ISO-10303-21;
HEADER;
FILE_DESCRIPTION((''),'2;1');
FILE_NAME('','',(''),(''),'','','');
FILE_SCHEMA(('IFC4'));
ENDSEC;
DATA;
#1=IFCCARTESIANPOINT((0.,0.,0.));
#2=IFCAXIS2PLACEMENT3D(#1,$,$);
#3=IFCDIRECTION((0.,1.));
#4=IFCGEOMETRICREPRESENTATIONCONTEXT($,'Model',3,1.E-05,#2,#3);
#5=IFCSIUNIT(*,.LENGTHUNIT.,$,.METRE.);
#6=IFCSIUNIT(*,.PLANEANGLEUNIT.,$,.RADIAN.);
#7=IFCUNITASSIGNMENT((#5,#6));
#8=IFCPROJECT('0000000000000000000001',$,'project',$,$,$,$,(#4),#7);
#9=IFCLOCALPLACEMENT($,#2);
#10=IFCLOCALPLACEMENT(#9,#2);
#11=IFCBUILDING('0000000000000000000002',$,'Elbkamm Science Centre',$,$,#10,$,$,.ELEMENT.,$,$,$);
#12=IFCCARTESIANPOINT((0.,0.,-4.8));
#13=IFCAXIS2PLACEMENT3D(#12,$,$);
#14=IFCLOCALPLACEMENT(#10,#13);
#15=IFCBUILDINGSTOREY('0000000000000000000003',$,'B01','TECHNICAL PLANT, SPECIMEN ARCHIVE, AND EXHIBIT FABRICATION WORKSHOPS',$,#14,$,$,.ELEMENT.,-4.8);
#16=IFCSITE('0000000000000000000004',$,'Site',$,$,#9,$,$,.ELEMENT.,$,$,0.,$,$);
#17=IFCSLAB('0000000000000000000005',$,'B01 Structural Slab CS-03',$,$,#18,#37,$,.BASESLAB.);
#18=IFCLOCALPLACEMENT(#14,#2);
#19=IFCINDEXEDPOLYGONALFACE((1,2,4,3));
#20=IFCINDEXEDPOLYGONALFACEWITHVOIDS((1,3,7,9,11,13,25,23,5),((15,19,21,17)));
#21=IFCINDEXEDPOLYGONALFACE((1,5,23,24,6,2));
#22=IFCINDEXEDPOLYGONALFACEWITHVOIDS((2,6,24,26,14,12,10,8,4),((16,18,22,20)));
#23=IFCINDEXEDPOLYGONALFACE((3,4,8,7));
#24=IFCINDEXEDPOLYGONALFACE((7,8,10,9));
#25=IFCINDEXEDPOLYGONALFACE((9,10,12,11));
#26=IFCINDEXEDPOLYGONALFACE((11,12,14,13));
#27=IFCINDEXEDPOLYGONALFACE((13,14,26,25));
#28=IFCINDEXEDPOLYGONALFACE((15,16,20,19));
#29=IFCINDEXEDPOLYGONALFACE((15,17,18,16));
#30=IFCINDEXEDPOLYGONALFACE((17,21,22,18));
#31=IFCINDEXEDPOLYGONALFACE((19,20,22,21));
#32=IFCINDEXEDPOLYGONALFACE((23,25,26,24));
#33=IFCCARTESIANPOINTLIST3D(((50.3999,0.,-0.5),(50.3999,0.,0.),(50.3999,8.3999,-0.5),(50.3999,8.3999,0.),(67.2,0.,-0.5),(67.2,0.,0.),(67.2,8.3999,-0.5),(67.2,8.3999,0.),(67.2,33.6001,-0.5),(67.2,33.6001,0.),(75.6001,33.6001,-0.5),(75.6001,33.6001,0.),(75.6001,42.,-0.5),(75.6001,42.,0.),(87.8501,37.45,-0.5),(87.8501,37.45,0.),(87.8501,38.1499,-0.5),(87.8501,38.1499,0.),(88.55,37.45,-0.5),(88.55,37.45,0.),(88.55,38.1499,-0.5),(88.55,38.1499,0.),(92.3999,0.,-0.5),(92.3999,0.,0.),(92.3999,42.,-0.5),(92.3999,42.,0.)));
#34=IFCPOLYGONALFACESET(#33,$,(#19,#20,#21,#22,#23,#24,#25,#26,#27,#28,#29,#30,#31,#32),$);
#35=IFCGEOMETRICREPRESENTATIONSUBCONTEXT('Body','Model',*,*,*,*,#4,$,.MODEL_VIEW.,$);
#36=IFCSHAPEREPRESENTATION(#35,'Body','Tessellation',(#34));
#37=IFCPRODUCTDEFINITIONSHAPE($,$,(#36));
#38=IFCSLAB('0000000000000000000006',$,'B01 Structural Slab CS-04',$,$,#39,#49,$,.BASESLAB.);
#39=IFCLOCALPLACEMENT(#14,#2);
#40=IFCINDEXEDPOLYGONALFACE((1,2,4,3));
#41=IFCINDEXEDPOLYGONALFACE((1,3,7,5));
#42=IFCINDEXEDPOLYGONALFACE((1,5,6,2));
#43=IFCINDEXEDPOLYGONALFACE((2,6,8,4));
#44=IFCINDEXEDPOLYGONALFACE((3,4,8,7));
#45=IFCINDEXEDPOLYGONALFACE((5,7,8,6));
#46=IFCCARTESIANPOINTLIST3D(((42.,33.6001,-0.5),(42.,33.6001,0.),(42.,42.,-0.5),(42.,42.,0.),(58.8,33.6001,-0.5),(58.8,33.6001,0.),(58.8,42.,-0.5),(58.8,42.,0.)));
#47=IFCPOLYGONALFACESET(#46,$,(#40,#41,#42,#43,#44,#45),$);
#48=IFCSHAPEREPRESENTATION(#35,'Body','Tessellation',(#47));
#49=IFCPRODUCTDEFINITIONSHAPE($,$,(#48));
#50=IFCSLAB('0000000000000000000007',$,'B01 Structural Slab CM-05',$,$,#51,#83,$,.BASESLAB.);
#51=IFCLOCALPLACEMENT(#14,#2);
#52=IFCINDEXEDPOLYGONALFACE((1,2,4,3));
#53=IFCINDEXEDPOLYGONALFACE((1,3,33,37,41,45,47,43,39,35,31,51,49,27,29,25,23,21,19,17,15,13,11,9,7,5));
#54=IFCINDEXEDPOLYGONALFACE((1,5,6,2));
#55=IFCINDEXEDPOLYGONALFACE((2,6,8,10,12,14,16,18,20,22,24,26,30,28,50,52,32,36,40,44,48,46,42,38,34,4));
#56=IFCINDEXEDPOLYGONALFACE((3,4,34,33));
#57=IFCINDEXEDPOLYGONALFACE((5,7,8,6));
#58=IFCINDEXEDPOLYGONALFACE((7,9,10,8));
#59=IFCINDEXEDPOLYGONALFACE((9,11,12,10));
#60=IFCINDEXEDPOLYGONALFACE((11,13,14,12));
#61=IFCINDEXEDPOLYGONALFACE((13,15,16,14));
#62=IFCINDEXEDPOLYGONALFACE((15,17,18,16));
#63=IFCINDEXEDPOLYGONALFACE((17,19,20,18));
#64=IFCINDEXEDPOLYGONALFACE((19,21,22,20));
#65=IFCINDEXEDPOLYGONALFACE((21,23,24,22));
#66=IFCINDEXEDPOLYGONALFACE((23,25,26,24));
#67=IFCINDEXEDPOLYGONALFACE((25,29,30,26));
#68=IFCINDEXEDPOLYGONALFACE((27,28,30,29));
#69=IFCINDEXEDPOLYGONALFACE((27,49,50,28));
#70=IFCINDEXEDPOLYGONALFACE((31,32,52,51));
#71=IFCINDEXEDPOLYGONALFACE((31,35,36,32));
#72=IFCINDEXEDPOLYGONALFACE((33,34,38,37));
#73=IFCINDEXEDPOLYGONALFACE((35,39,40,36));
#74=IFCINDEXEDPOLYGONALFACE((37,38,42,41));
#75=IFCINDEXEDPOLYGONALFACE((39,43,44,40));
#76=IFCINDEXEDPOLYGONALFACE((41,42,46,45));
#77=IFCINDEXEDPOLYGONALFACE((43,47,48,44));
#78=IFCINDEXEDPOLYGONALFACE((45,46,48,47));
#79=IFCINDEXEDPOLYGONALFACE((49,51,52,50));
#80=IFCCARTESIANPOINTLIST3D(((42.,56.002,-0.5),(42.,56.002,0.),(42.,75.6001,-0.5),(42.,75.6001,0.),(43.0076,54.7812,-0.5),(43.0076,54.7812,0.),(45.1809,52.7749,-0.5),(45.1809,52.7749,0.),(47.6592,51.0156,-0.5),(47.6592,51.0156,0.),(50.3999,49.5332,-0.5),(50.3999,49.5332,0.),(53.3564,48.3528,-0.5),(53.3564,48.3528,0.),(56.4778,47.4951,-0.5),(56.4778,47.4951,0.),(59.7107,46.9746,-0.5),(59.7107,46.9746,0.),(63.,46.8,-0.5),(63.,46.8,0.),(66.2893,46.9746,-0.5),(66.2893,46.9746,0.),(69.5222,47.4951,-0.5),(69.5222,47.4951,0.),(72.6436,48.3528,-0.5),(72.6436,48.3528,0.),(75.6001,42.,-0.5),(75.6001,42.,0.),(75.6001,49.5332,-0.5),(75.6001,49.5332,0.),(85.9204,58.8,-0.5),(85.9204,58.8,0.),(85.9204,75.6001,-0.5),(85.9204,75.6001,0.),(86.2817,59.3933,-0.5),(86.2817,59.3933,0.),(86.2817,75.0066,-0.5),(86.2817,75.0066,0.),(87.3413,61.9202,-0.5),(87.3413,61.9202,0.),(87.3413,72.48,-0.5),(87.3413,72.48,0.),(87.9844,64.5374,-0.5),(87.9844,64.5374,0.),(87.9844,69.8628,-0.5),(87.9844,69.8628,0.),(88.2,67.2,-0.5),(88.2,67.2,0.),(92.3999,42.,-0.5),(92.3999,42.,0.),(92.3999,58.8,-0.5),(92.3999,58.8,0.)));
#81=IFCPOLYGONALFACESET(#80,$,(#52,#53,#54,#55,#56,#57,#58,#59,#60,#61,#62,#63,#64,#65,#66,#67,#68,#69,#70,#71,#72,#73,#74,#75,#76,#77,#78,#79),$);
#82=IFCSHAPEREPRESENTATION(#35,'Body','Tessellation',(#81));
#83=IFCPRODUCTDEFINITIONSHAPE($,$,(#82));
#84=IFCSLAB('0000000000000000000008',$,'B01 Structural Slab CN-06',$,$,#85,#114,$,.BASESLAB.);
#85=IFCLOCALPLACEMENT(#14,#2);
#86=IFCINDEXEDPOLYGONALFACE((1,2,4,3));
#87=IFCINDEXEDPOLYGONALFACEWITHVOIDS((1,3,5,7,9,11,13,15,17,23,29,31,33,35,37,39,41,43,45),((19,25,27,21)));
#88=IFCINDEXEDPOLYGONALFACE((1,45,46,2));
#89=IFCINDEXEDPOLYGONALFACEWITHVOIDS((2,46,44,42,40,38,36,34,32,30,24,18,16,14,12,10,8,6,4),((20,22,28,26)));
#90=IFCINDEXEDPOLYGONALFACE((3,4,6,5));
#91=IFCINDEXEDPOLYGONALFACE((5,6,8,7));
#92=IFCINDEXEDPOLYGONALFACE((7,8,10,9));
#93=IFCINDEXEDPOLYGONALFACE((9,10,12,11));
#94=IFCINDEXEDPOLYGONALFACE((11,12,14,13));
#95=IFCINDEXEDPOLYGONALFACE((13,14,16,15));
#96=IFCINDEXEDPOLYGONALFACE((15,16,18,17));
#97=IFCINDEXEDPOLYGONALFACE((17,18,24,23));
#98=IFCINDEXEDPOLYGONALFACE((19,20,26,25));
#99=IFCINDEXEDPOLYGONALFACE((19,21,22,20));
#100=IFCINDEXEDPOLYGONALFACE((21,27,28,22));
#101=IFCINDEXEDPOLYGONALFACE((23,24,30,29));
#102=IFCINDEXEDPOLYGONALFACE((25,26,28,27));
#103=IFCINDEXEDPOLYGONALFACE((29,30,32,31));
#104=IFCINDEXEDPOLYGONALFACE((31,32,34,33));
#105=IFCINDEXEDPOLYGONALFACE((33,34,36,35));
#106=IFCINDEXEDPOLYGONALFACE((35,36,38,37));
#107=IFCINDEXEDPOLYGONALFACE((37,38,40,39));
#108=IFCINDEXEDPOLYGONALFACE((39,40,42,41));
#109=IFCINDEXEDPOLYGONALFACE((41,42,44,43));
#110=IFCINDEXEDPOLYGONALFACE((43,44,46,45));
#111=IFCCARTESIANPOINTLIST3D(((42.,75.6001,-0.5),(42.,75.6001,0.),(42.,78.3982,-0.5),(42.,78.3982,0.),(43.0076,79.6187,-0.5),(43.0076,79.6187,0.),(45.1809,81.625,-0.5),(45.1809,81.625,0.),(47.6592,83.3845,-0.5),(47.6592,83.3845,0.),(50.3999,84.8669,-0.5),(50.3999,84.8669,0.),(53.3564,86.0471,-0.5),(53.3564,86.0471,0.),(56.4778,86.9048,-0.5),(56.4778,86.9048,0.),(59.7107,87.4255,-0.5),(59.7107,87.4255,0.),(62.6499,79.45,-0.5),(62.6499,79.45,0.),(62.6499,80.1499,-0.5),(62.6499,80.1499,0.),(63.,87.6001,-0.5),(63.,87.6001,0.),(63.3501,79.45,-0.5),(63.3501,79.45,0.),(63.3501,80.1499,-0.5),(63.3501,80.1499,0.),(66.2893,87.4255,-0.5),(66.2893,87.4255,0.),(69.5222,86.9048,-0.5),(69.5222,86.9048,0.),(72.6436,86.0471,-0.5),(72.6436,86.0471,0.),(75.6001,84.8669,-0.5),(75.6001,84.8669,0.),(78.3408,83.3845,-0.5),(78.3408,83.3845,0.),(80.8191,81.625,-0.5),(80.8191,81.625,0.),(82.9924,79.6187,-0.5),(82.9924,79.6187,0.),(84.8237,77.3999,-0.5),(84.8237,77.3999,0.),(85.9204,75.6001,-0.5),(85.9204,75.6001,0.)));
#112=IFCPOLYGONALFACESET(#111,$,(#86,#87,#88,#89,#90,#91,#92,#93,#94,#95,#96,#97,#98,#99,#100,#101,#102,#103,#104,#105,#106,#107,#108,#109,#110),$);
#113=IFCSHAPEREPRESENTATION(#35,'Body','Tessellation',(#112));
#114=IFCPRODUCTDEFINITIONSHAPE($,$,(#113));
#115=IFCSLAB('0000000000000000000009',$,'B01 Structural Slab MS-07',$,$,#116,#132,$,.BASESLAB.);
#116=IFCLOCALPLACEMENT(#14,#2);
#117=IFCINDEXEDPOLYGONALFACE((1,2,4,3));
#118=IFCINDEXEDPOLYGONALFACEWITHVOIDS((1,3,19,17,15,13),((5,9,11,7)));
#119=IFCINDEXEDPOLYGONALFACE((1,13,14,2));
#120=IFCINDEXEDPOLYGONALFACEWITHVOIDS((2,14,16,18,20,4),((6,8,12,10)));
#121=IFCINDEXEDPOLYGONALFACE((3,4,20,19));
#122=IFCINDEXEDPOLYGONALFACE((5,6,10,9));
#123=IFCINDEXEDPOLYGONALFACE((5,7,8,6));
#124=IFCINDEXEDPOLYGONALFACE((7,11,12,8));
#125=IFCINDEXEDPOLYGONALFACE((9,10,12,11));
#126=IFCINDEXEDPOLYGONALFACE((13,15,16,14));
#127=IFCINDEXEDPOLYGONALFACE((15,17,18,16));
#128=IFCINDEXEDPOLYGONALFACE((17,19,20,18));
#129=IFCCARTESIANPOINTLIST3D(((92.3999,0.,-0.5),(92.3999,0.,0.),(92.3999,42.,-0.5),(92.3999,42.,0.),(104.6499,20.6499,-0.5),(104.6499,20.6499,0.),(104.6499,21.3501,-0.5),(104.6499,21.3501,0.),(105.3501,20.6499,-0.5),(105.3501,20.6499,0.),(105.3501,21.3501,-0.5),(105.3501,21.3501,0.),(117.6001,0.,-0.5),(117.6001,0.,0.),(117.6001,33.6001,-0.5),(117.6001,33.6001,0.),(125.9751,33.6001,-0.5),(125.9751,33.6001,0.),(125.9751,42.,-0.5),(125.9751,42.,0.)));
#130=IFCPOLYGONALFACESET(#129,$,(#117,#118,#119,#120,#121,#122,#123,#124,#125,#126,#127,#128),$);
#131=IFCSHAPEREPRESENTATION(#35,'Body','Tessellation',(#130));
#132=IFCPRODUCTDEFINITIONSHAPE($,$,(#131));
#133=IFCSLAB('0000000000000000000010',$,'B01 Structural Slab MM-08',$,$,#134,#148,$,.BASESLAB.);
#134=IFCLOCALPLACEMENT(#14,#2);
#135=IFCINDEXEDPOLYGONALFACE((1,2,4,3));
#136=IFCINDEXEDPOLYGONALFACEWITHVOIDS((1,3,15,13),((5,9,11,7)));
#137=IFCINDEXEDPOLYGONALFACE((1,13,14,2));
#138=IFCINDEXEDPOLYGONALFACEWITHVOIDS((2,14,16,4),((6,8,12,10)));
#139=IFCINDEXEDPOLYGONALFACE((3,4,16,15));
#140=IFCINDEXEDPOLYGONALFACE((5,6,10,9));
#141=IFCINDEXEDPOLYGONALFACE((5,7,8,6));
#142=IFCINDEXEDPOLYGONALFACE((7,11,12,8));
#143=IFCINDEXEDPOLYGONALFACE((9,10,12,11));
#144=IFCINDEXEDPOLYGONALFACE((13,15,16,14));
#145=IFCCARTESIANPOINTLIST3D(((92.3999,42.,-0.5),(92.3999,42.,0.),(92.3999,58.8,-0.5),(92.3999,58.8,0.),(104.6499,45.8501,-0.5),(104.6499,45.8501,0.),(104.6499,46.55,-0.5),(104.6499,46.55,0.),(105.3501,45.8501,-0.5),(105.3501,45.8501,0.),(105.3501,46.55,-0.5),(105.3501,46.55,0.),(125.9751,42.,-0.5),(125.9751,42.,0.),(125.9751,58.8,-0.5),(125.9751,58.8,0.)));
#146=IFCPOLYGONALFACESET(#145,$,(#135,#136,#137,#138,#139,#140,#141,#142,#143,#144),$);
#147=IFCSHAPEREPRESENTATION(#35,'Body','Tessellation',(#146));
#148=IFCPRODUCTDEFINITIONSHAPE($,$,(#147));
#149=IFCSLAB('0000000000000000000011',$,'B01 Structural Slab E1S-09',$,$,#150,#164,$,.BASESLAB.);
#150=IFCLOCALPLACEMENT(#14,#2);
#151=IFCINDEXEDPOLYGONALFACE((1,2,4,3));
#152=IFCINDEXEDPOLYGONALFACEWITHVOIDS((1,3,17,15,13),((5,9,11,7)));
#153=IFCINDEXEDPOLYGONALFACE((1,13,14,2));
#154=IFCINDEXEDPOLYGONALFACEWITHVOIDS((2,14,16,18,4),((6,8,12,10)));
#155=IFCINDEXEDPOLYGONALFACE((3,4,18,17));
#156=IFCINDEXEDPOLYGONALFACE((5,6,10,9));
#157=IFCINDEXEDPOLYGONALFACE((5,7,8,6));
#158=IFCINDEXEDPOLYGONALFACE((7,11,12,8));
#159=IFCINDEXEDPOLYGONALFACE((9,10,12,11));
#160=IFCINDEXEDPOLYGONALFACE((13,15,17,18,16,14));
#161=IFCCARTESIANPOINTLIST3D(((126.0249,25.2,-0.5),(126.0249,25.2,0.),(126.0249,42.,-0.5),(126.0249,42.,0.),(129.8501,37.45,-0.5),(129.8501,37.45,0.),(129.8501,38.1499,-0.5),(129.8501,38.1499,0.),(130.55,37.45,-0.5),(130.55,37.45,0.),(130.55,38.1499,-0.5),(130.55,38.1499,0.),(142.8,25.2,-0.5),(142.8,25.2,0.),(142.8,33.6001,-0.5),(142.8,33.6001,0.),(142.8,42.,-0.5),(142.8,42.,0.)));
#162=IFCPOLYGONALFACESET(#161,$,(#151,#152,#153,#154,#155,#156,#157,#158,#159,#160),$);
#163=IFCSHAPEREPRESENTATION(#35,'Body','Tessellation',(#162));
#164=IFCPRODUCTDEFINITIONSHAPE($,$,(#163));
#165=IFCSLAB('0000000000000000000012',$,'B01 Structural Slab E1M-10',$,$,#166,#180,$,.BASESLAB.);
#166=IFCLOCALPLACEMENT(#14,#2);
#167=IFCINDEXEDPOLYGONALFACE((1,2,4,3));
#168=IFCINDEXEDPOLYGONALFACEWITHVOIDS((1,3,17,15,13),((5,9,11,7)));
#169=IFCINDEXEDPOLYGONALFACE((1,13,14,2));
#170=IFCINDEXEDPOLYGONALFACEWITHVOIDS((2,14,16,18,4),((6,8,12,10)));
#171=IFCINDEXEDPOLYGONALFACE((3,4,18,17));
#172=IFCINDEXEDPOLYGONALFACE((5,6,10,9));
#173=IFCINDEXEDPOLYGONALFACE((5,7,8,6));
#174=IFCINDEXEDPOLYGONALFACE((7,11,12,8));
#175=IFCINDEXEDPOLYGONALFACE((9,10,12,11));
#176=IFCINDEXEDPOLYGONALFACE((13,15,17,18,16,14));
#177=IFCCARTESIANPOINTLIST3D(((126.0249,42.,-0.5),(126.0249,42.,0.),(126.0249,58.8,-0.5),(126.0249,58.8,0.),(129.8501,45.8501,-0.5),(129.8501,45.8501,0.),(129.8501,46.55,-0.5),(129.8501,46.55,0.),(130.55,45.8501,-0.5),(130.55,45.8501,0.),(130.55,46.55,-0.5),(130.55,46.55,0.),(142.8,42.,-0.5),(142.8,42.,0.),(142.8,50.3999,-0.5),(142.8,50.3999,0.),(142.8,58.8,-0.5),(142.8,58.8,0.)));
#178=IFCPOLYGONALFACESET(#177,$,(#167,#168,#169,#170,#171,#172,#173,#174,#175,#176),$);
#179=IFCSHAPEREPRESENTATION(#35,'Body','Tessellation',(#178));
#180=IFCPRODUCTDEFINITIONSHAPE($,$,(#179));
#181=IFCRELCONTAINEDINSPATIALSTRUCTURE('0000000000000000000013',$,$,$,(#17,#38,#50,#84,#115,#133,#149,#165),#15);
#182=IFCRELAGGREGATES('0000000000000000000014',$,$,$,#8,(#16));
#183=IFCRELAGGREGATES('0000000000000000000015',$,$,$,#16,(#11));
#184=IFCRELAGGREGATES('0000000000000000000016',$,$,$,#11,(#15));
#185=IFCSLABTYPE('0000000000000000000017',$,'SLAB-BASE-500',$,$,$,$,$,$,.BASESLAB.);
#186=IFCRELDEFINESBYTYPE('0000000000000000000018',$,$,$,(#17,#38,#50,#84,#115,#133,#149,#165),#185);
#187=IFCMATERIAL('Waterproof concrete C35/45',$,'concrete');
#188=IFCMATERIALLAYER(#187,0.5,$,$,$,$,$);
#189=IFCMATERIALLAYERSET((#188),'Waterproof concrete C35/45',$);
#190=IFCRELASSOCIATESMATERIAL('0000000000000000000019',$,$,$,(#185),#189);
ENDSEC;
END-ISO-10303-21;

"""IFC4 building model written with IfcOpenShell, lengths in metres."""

from ifc_helpers import new_model, si_unit, direction, frame, origin, place, context, subcontext, project, spatial, polyline, outline, extrude, material, layer, layer_set, type_object, element, save


model = new_model("IFC4")

# Units and contexts
model_context = context("Model", 3, precision=1e-05, world=origin(), true_north=direction((0.0, 1.0)))
body_context = subcontext(model_context, "Body", "Model", "MODEL_VIEW")
ifc_project = project(units=[si_unit("LENGTHUNIT", "METRE"), si_unit("PLANEANGLEUNIT", "RADIAN")], contexts=[model_context])

# Site, building, storey
site_placement = place(None, origin())
site = spatial("IfcSite", under=ifc_project, at=site_placement, Name="Site", CompositionType="ELEMENT", RefElevation=0.0)
building_placement = place(site_placement, origin())
building = spatial("IfcBuilding", under=site, at=building_placement, Name="Elbkamm Science Centre", CompositionType="ELEMENT")
storey_placement = place(building_placement, frame((0.0, 0.0, -4.8)))
storey = spatial("IfcBuildingStorey", under=building, at=storey_placement, Name="B01", Description="TECHNICAL PLANT, SPECIMEN ARCHIVE, AND EXHIBIT FABRICATION WORKSHOPS", CompositionType="ELEMENT", Elevation=-4.8)

# Slabs
ifc_material_1 = material(Name="Waterproof concrete C35/45", Category="concrete")
ifc_layer_1 = layer(ifc_material_1, 0.5)
ifc_layer_set_1 = layer_set([ifc_layer_1], Name="Waterproof concrete C35/45")
slab_type_1 = type_object("IfcSlabType", Name="SLAB-BASE-500", PredefinedType="BASESLAB", material=ifc_layer_set_1)
slab_1_placement = place(storey_placement, frame((0.0, 0.0, -0.5)))
element("IfcSlab", 1, at=slab_1_placement, inside=storey, type_object=slab_type_1, Name="B01 Structural Slab CS-03", PredefinedType="BASESLAB", context=body_context, shape_type="SweptSolid", body=[
    extrude(outline(polyline([(75.6001, 42.0), (92.3999, 42.0), (92.3999, 0.0), (67.2, 0.0), (50.3999, 0.0), (50.3999, 8.3999), (67.2, 8.3999), (67.2, 33.6001), (75.6001, 33.6001), (75.6001, 42.0)]), holes=[polyline([(88.55, 38.1499), (87.8501, 38.1499), (87.8501, 37.45), (88.55, 37.45), (88.55, 38.1499)])]), origin(), (0.0, 0.0, 1.0), 0.5),
])
slab_2_placement = place(storey_placement, frame((0.0, 0.0, -0.5)))
element("IfcSlab", 2, at=slab_2_placement, inside=storey, type_object=slab_type_1, Name="B01 Structural Slab CS-04", PredefinedType="BASESLAB", context=body_context, shape_type="SweptSolid", body=[
    extrude(outline(polyline([(42.0, 42.0), (58.8, 42.0), (58.8, 33.6001), (42.0, 33.6001), (42.0, 42.0)])), origin(), (0.0, 0.0, 1.0), 0.5),
])
slab_3_placement = place(storey_placement, frame((0.0, 0.0, -0.5)))
element("IfcSlab", 3, at=slab_3_placement, inside=storey, type_object=slab_type_1, Name="B01 Structural Slab CM-05", PredefinedType="BASESLAB", context=body_context, shape_type="SweptSolid", body=[
    extrude(outline(polyline([(75.6001, 49.5332), (72.6436, 48.3528), (69.5222, 47.4951), (66.2893, 46.9746), (63.0, 46.8), (59.7107, 46.9746), (56.4778, 47.4951), (53.3564, 48.3528), (50.3999, 49.5332), (47.6592, 51.0156), (45.1809, 52.7749), (43.0076, 54.7812), (42.0, 56.002), (42.0, 75.6001), (85.9204, 75.6001), (86.2817, 75.0066), (87.3413, 72.48), (87.9844, 69.8628), (88.2, 67.2), (87.9844, 64.5374), (87.3413, 61.9202), (86.2817, 59.3933), (85.9204, 58.8), (92.3999, 58.8), (92.3999, 42.0), (75.6001, 42.0), (75.6001, 49.5332)])), origin(), (0.0, 0.0, 1.0), 0.5),
])
slab_4_placement = place(storey_placement, frame((0.0, 0.0, -0.5)))
element("IfcSlab", 4, at=slab_4_placement, inside=storey, type_object=slab_type_1, Name="B01 Structural Slab CN-06", PredefinedType="BASESLAB", context=body_context, shape_type="SweptSolid", body=[
    extrude(outline(polyline([(45.1809, 81.625), (47.6592, 83.3845), (50.3999, 84.8669), (53.3564, 86.0471), (56.4778, 86.9048), (59.7107, 87.4255), (63.0, 87.6001), (66.2893, 87.4255), (69.5222, 86.9048), (72.6436, 86.0471), (75.6001, 84.8669), (78.3408, 83.3845), (80.8191, 81.625), (82.9924, 79.6187), (84.8237, 77.3999), (85.9204, 75.6001), (42.0, 75.6001), (42.0, 78.3982), (43.0076, 79.6187), (45.1809, 81.625)]), holes=[polyline([(63.3501, 80.1499), (62.6499, 80.1499), (62.6499, 79.45), (63.3501, 79.45), (63.3501, 80.1499)])]), origin(), (0.0, 0.0, 1.0), 0.5),
])
slab_5_placement = place(storey_placement, frame((0.0, 0.0, -0.5)))
element("IfcSlab", 5, at=slab_5_placement, inside=storey, type_object=slab_type_1, Name="B01 Structural Slab MS-07", PredefinedType="BASESLAB", context=body_context, shape_type="SweptSolid", body=[
    extrude(outline(polyline([(117.6001, 33.6001), (117.6001, 0.0), (92.3999, 0.0), (92.3999, 42.0), (125.9751, 42.0), (125.9751, 33.6001), (117.6001, 33.6001)]), holes=[polyline([(105.3501, 21.3501), (104.6499, 21.3501), (104.6499, 20.6499), (105.3501, 20.6499), (105.3501, 21.3501)])]), origin(), (0.0, 0.0, 1.0), 0.5),
])
slab_6_placement = place(storey_placement, frame((0.0, 0.0, -0.5)))
element("IfcSlab", 6, at=slab_6_placement, inside=storey, type_object=slab_type_1, Name="B01 Structural Slab MM-08", PredefinedType="BASESLAB", context=body_context, shape_type="SweptSolid", body=[
    extrude(outline(polyline([(125.9751, 42.0), (92.3999, 42.0), (92.3999, 58.8), (125.9751, 58.8), (125.9751, 42.0)]), holes=[polyline([(105.3501, 46.55), (104.6499, 46.55), (104.6499, 45.8501), (105.3501, 45.8501), (105.3501, 46.55)])]), origin(), (0.0, 0.0, 1.0), 0.5),
])
slab_7_placement = place(storey_placement, frame((0.0, 0.0, -0.5)))
element("IfcSlab", 7, at=slab_7_placement, inside=storey, type_object=slab_type_1, Name="B01 Structural Slab E1S-09", PredefinedType="BASESLAB", context=body_context, shape_type="SweptSolid", body=[
    extrude(outline(polyline([(142.8, 25.2), (126.0249, 25.2), (126.0249, 42.0), (142.8, 42.0), (142.8, 33.6001), (142.8, 25.2)]), holes=[polyline([(130.55, 38.1499), (129.8501, 38.1499), (129.8501, 37.45), (130.55, 37.45), (130.55, 38.1499)])]), origin(), (0.0, 0.0, 1.0), 0.5),
])
slab_8_placement = place(storey_placement, frame((0.0, 0.0, -0.5)))
element("IfcSlab", 8, at=slab_8_placement, inside=storey, type_object=slab_type_1, Name="B01 Structural Slab E1M-10", PredefinedType="BASESLAB", context=body_context, shape_type="SweptSolid", body=[
    extrude(outline(polyline([(142.8, 42.0), (126.0249, 42.0), (126.0249, 58.8), (142.8, 58.8), (142.8, 50.3999), (142.8, 42.0)]), holes=[polyline([(130.55, 46.55), (129.8501, 46.55), (129.8501, 45.8501), (130.55, 45.8501), (130.55, 46.55)])]), origin(), (0.0, 0.0, 1.0), 0.5),
])

save(model, "model.ifc")
